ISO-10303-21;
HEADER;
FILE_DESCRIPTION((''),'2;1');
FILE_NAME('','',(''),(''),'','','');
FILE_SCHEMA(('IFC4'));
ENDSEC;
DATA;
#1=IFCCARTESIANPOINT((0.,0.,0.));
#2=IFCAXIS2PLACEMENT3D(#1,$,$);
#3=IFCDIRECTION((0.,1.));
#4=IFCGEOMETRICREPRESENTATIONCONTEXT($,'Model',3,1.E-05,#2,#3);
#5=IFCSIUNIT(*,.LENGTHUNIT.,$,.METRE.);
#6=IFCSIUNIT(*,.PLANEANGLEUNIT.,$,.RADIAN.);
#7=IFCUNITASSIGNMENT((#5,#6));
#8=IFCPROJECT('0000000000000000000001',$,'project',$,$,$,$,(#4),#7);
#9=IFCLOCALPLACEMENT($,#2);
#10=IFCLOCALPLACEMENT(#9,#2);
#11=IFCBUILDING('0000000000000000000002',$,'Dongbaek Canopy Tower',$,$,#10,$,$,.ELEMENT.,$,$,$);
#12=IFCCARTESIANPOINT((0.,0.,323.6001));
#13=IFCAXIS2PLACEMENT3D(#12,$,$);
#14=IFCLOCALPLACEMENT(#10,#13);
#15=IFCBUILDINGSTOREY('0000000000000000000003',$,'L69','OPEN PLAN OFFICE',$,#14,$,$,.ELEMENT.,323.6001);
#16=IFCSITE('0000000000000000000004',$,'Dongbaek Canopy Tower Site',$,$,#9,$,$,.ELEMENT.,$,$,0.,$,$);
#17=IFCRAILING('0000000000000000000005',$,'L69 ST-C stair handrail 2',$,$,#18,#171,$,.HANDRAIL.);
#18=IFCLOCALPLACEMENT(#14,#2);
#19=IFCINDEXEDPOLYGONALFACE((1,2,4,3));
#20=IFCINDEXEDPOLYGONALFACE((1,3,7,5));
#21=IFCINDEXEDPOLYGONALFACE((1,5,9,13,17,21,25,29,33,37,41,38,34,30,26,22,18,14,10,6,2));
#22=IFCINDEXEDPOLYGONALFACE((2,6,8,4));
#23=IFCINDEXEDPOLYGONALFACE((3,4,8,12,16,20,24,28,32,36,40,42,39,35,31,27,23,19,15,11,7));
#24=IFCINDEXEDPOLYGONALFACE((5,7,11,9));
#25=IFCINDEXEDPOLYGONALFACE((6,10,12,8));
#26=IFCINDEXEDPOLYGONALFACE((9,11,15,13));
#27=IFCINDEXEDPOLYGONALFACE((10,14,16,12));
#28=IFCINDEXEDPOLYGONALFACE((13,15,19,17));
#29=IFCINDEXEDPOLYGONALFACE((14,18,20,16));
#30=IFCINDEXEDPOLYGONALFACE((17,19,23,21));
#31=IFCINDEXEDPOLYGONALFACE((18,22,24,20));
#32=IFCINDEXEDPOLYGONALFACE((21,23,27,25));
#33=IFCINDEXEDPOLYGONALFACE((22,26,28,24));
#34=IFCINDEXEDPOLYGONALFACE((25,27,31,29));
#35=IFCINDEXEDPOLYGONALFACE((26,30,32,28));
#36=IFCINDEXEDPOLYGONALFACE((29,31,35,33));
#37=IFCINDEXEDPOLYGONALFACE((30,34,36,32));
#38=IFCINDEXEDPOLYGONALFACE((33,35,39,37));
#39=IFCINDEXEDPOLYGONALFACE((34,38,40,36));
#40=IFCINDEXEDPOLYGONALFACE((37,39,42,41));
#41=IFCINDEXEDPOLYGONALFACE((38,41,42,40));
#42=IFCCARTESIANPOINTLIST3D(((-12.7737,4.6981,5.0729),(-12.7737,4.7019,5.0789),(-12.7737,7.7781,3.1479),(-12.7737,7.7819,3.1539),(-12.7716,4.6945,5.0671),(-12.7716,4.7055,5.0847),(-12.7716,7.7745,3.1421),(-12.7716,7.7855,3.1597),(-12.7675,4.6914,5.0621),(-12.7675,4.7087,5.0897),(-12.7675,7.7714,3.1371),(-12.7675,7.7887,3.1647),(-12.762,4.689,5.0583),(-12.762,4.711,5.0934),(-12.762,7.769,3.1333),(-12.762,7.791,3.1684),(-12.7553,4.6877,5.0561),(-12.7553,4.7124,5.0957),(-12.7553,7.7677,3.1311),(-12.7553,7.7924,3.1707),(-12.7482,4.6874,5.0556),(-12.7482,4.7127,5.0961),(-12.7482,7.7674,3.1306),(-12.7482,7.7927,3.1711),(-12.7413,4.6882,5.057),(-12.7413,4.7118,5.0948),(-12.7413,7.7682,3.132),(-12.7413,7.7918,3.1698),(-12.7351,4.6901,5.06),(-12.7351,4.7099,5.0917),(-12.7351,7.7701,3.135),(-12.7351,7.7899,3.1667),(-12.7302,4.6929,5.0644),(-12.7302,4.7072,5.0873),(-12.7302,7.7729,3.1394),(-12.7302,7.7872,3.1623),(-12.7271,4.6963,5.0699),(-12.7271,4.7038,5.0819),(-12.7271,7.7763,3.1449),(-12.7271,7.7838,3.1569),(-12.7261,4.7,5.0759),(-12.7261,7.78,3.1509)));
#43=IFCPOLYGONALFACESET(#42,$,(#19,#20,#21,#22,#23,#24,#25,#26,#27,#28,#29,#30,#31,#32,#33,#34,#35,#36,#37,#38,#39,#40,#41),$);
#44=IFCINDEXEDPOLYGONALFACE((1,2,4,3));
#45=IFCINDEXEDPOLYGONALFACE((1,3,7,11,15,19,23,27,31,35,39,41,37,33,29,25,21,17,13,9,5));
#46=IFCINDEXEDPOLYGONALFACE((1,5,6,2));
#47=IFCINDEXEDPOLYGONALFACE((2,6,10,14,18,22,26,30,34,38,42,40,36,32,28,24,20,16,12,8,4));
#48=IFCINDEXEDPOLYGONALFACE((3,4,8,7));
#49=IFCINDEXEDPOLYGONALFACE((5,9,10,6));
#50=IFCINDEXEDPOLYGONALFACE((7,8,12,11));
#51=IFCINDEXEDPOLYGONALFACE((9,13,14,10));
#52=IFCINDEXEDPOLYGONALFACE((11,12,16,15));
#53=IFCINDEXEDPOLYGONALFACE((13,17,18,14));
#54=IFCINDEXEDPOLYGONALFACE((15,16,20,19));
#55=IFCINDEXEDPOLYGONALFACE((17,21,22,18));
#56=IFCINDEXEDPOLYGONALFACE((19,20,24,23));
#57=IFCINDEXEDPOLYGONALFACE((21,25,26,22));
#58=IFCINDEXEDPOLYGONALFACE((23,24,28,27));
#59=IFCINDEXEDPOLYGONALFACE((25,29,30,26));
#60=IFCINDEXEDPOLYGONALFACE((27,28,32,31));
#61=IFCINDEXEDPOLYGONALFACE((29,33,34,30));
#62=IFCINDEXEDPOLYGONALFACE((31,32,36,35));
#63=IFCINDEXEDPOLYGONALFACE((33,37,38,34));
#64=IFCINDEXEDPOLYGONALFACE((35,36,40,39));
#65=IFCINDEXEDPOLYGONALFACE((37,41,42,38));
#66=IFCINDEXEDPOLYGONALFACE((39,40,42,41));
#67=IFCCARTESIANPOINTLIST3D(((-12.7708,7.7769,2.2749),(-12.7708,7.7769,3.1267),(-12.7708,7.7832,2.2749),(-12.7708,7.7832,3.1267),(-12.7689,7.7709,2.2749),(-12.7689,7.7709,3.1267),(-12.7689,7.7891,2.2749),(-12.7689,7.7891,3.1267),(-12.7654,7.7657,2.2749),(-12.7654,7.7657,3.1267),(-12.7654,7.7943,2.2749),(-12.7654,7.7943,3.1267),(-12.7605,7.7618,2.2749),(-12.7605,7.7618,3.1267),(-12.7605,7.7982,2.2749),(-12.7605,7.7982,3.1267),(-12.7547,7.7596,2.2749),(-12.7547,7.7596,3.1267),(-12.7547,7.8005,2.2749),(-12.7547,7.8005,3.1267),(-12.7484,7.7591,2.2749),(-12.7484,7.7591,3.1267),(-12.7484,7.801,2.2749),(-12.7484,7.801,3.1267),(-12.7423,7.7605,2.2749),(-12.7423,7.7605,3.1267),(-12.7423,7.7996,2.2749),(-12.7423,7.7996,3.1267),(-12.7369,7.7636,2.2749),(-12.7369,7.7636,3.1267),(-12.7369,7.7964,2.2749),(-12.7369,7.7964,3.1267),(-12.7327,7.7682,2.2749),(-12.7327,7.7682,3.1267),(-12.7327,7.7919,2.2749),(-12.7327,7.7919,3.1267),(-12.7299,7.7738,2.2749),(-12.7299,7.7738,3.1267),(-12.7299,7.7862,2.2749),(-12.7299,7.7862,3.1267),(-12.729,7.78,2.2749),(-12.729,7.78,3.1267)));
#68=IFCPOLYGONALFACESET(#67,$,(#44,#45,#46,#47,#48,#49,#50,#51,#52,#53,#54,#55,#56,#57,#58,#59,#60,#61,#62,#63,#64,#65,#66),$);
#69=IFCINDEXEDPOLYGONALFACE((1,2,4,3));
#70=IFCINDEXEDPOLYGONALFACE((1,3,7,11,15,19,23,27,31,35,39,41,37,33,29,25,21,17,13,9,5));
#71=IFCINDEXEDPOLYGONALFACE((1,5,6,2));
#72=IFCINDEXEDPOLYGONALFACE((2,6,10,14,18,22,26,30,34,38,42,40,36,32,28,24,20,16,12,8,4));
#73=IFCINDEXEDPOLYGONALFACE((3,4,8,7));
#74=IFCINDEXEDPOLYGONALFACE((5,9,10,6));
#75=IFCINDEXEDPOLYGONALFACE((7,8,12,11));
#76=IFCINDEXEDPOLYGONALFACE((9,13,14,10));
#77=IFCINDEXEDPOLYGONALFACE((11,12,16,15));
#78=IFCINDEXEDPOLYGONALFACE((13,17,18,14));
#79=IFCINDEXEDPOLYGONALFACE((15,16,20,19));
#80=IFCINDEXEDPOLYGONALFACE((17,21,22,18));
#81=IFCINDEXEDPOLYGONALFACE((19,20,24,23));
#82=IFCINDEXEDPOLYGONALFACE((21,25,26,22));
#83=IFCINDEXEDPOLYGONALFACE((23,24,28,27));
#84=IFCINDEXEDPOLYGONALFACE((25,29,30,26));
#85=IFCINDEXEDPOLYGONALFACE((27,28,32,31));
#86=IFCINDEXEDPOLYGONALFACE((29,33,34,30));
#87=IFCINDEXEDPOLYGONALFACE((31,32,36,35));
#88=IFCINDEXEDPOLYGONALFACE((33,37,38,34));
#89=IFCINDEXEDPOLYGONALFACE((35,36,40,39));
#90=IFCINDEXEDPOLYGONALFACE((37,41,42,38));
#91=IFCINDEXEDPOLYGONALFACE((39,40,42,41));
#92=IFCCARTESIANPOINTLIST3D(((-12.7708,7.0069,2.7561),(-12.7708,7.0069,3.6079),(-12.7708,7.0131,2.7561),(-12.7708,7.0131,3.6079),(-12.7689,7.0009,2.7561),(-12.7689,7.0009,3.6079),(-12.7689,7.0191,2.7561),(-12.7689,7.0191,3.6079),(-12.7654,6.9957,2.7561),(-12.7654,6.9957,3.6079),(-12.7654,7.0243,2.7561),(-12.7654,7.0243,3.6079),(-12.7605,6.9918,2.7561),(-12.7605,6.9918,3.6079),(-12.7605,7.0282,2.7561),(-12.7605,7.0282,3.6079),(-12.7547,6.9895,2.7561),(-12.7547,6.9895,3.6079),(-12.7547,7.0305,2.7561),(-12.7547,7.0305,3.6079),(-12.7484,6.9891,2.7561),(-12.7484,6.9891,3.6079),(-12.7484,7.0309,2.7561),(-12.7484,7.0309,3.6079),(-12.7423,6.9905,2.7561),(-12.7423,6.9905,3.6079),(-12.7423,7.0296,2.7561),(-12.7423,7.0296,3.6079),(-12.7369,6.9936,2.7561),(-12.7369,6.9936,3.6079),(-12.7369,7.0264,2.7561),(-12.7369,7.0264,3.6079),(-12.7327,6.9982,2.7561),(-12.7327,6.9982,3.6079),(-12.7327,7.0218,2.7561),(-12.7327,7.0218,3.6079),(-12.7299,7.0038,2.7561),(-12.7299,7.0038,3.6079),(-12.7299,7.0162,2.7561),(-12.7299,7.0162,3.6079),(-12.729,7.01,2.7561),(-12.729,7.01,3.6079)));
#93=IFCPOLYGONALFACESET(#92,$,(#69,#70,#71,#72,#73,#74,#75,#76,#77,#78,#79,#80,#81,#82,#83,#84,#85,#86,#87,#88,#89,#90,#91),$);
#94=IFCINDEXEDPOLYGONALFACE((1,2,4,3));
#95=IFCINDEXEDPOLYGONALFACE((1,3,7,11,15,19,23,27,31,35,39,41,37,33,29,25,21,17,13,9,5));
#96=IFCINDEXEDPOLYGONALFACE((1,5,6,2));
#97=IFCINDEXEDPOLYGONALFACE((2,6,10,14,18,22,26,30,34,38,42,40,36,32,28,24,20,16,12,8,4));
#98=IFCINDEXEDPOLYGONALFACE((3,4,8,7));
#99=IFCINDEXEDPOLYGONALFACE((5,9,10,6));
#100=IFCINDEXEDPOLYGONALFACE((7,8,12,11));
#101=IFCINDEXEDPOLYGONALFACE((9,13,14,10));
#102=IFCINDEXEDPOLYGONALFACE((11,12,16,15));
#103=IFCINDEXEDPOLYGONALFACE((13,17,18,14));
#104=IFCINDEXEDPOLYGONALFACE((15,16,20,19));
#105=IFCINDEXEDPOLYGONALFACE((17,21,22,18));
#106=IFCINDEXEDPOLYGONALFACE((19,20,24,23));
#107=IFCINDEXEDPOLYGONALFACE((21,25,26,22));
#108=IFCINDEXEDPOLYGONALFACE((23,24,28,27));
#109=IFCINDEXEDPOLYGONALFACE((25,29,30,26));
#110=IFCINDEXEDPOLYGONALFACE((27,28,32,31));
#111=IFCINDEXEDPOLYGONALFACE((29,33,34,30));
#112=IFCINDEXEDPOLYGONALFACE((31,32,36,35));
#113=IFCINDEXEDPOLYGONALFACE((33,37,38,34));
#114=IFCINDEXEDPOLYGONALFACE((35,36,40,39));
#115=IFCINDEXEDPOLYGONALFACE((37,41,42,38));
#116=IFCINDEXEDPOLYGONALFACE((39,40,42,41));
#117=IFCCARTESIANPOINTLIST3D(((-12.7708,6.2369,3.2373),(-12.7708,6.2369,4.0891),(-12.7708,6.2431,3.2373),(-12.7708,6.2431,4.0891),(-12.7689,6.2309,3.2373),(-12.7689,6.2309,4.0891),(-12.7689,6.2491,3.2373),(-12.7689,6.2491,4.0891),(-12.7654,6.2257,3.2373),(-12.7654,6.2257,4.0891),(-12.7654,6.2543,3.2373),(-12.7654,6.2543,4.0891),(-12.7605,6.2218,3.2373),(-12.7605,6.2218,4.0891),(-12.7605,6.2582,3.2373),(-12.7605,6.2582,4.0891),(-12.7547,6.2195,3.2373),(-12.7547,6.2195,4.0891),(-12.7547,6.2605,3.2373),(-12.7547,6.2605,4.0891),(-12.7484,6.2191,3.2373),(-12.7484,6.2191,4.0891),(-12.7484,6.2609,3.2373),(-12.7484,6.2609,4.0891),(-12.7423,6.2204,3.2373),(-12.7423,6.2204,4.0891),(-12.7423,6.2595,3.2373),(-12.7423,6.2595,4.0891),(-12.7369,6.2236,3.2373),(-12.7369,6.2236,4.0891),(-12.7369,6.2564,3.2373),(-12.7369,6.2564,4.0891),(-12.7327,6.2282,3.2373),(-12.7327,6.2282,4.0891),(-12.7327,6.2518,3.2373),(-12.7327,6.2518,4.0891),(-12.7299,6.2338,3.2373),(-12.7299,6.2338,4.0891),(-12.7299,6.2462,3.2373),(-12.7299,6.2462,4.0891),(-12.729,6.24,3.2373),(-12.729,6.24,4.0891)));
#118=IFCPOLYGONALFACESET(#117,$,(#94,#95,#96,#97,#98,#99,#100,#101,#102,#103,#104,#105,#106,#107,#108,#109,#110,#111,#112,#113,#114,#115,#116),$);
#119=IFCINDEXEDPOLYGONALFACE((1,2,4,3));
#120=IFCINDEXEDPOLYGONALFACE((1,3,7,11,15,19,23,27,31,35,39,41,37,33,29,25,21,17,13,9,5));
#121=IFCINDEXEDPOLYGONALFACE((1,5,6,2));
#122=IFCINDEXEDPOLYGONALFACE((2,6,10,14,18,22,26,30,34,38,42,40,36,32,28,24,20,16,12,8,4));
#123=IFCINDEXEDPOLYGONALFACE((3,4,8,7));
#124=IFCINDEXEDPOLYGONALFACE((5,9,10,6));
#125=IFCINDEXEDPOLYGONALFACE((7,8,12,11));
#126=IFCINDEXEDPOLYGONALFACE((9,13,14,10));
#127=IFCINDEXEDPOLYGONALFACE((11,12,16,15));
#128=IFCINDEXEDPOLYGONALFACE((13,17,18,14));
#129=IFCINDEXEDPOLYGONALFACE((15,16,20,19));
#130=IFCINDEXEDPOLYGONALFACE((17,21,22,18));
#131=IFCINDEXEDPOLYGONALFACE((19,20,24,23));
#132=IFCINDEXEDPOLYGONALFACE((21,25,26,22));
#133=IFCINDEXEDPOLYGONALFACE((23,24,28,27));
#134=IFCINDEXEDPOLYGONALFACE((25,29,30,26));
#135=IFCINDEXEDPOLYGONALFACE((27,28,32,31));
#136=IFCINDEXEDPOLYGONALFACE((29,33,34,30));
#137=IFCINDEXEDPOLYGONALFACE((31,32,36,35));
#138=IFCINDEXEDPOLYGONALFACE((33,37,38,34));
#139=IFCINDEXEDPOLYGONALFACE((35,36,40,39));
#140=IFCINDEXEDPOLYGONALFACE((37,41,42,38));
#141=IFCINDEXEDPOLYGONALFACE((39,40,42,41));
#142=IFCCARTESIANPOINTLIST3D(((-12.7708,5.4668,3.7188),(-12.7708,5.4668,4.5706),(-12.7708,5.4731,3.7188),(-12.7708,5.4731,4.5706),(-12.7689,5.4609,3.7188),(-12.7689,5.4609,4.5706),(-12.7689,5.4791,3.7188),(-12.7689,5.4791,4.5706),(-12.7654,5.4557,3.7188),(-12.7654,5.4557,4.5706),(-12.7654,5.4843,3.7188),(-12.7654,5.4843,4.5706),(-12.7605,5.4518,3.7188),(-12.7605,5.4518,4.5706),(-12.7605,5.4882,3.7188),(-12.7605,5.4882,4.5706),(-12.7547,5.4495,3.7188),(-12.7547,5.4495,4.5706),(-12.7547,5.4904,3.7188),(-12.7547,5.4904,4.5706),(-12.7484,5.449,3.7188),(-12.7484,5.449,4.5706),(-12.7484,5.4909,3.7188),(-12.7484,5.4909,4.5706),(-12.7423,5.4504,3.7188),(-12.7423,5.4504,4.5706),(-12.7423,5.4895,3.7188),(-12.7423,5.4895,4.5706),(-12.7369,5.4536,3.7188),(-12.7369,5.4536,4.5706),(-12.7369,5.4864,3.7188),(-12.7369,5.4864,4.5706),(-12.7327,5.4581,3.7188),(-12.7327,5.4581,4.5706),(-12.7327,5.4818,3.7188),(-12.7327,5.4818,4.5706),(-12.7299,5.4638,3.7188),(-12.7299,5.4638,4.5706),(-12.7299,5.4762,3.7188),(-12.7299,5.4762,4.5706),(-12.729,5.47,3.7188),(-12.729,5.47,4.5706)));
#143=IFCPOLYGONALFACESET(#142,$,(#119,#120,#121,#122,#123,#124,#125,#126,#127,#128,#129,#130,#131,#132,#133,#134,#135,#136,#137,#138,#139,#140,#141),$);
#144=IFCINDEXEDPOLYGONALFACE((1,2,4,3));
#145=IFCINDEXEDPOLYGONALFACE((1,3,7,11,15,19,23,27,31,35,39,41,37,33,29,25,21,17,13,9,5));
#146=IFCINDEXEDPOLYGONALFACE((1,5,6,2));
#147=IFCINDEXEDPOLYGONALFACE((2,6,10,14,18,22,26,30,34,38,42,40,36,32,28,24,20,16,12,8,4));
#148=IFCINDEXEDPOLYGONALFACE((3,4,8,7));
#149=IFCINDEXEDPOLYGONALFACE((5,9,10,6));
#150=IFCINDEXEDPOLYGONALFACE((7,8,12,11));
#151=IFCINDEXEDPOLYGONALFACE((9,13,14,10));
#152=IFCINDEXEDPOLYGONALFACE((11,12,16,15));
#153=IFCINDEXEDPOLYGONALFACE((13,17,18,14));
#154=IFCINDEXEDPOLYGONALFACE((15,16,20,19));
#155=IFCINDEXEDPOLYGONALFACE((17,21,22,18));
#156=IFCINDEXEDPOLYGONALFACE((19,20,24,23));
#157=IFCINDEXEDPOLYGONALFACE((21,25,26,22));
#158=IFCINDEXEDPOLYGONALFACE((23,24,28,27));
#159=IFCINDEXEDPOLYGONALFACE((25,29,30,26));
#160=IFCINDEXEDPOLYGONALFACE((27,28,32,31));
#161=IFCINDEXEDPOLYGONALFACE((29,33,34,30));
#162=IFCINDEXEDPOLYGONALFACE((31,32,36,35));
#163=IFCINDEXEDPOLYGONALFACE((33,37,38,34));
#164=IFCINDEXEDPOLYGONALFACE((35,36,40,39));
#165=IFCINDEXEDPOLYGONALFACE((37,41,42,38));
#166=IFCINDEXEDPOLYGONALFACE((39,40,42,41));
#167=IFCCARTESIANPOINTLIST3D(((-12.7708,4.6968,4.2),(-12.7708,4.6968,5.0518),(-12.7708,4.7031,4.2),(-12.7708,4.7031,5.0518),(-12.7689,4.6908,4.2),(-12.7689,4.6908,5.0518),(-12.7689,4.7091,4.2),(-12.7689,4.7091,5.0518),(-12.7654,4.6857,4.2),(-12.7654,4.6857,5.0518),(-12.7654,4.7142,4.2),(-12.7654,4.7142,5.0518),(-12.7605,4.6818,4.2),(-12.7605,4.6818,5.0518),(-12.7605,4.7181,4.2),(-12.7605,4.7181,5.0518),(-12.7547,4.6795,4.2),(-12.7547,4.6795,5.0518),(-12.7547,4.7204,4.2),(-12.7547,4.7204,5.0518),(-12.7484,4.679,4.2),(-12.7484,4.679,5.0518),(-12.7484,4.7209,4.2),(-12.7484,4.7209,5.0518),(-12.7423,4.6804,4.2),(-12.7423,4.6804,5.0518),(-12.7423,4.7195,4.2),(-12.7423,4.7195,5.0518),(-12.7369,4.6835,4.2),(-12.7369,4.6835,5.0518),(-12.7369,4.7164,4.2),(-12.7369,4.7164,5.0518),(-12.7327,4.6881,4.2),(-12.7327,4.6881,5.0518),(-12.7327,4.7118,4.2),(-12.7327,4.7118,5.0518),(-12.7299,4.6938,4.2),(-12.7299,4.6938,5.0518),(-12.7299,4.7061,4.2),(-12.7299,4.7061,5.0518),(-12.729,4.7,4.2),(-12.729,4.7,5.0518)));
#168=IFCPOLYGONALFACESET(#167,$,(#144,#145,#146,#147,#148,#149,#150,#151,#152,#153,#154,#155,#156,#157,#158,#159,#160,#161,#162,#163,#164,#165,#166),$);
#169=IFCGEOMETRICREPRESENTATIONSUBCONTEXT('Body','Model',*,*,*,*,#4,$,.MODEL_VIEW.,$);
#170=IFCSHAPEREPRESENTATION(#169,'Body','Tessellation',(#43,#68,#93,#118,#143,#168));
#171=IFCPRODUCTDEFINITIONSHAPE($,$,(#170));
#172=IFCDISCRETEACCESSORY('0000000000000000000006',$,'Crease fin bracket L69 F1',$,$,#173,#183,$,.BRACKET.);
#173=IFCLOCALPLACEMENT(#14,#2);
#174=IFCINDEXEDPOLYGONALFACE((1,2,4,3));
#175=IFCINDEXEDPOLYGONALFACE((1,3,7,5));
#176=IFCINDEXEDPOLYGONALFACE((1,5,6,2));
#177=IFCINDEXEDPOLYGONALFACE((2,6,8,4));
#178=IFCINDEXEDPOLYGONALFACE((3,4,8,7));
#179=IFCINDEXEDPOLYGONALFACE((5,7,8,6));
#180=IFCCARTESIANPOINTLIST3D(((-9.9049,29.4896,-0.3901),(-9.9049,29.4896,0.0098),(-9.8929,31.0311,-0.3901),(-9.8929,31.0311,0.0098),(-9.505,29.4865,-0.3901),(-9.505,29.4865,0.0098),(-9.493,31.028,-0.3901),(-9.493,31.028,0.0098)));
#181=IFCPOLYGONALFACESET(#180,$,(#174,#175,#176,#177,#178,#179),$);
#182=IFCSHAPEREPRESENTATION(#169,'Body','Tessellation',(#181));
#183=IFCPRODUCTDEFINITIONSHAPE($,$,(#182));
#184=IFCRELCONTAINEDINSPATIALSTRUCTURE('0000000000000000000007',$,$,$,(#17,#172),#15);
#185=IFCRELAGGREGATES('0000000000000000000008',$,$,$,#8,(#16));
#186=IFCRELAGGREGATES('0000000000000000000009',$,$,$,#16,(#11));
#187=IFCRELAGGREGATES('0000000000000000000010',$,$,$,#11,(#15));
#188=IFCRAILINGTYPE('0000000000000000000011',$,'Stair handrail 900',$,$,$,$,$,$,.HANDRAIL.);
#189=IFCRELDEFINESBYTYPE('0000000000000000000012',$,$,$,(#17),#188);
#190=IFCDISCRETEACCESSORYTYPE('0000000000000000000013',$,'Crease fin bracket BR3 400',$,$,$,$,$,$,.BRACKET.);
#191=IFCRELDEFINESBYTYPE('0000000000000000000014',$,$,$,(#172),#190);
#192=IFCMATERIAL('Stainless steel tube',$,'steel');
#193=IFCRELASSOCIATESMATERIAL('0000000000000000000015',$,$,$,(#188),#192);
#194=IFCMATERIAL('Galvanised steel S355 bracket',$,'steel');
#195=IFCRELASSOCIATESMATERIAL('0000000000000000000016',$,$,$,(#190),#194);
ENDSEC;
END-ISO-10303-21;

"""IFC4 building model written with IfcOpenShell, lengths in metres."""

from ifc_helpers import new_model, si_unit, direction, frame, origin, origin_2d, place, context, subcontext, project, spatial, rectangle, circle, extrude, material, type_object, element, save


model = new_model("IFC4")

# Units and contexts
model_context = context("Model", 3, precision=1e-05, world=origin(), true_north=direction((0.0, 1.0)))
body_context = subcontext(model_context, "Body", "Model", "MODEL_VIEW")
ifc_project = project(units=[si_unit("LENGTHUNIT", "METRE"), si_unit("PLANEANGLEUNIT", "RADIAN")], contexts=[model_context])

# Site, building, storey
site_placement = place(None, origin())
site = spatial("IfcSite", under=ifc_project, at=site_placement, Name="Dongbaek Canopy Tower Site", CompositionType="ELEMENT", RefElevation=0.0)
building_placement = place(site_placement, origin())
building = spatial("IfcBuilding", under=site, at=building_placement, Name="Dongbaek Canopy Tower", CompositionType="ELEMENT")
storey_placement = place(building_placement, frame((0.0, 0.0, 323.6001)))
storey = spatial("IfcBuildingStorey", under=building, at=storey_placement, Name="L69", Description="OPEN PLAN OFFICE", CompositionType="ELEMENT", Elevation=323.6001)

# Railing
ifc_material_1 = material(Name="Stainless steel tube", Category="steel")
railing_type_1 = type_object("IfcRailingType", Name="Stair handrail 900", PredefinedType="HANDRAIL", material=ifc_material_1)
railing_1_placement = place(storey_placement, frame((-12.75, 7.78, 2.2749)))
element("IfcRailing", 1, at=railing_1_placement, inside=storey, type_object=railing_type_1, Name="L69 ST-C stair handrail 2", PredefinedType="HANDRAIL", context=body_context, shape_type="SweptSolid", body=[
    extrude(circle(Radius=0.0239, at=origin_2d()), frame((0.0, 0.0, 0.876), z_axis=(0.0, -0.847998, 0.529999), x_axis=(1.0, 0.0, 0.0)), (0.0, 0.0, 1.0), 3.6321),
    extrude(circle(Radius=0.021, at=origin_2d()), origin(), (0.0, 0.0, 1.0), 0.8518),
    extrude(circle(Radius=0.021, at=origin_2d()), frame((0.0, -0.77, 0.4812)), (0.0, 0.0, 1.0), 0.8518),
    extrude(circle(Radius=0.021, at=origin_2d()), frame((0.0, -1.54, 0.9624)), (0.0, 0.0, 1.0), 0.8518),
    extrude(circle(Radius=0.021, at=origin_2d()), frame((0.0, -2.3101, 1.4438)), (0.0, 0.0, 1.0), 0.8518),
    extrude(circle(Radius=0.021, at=origin_2d()), frame((0.0, -3.0801, 1.925)), (0.0, 0.0, 1.0), 0.8518),
])

# Discrete accessory
ifc_material_2 = material(Name="Galvanised steel S355 bracket", Category="steel")
discrete_accessory_type = type_object("IfcDiscreteAccessoryType", Name="Crease fin bracket BR3 400", PredefinedType="BRACKET", material=ifc_material_2)
discrete_accessory_placement = place(storey_placement, frame((-9.699, 30.2588, -0.3901), z_axis=(0.0, 0.0, 1.0), x_axis=(0.007782, 0.99997, 0.0)))
element("IfcDiscreteAccessory", 2, at=discrete_accessory_placement, inside=storey, type_object=discrete_accessory_type, Name="Crease fin bracket L69 F1", PredefinedType="BRACKET", context=body_context, shape_type="SweptSolid", body=[
    extrude(rectangle(XDim=1.5415, YDim=0.3999, at=origin_2d()), origin(), (0.0, 0.0, 1.0), 0.3999),
])

save(model, "model.ifc")
